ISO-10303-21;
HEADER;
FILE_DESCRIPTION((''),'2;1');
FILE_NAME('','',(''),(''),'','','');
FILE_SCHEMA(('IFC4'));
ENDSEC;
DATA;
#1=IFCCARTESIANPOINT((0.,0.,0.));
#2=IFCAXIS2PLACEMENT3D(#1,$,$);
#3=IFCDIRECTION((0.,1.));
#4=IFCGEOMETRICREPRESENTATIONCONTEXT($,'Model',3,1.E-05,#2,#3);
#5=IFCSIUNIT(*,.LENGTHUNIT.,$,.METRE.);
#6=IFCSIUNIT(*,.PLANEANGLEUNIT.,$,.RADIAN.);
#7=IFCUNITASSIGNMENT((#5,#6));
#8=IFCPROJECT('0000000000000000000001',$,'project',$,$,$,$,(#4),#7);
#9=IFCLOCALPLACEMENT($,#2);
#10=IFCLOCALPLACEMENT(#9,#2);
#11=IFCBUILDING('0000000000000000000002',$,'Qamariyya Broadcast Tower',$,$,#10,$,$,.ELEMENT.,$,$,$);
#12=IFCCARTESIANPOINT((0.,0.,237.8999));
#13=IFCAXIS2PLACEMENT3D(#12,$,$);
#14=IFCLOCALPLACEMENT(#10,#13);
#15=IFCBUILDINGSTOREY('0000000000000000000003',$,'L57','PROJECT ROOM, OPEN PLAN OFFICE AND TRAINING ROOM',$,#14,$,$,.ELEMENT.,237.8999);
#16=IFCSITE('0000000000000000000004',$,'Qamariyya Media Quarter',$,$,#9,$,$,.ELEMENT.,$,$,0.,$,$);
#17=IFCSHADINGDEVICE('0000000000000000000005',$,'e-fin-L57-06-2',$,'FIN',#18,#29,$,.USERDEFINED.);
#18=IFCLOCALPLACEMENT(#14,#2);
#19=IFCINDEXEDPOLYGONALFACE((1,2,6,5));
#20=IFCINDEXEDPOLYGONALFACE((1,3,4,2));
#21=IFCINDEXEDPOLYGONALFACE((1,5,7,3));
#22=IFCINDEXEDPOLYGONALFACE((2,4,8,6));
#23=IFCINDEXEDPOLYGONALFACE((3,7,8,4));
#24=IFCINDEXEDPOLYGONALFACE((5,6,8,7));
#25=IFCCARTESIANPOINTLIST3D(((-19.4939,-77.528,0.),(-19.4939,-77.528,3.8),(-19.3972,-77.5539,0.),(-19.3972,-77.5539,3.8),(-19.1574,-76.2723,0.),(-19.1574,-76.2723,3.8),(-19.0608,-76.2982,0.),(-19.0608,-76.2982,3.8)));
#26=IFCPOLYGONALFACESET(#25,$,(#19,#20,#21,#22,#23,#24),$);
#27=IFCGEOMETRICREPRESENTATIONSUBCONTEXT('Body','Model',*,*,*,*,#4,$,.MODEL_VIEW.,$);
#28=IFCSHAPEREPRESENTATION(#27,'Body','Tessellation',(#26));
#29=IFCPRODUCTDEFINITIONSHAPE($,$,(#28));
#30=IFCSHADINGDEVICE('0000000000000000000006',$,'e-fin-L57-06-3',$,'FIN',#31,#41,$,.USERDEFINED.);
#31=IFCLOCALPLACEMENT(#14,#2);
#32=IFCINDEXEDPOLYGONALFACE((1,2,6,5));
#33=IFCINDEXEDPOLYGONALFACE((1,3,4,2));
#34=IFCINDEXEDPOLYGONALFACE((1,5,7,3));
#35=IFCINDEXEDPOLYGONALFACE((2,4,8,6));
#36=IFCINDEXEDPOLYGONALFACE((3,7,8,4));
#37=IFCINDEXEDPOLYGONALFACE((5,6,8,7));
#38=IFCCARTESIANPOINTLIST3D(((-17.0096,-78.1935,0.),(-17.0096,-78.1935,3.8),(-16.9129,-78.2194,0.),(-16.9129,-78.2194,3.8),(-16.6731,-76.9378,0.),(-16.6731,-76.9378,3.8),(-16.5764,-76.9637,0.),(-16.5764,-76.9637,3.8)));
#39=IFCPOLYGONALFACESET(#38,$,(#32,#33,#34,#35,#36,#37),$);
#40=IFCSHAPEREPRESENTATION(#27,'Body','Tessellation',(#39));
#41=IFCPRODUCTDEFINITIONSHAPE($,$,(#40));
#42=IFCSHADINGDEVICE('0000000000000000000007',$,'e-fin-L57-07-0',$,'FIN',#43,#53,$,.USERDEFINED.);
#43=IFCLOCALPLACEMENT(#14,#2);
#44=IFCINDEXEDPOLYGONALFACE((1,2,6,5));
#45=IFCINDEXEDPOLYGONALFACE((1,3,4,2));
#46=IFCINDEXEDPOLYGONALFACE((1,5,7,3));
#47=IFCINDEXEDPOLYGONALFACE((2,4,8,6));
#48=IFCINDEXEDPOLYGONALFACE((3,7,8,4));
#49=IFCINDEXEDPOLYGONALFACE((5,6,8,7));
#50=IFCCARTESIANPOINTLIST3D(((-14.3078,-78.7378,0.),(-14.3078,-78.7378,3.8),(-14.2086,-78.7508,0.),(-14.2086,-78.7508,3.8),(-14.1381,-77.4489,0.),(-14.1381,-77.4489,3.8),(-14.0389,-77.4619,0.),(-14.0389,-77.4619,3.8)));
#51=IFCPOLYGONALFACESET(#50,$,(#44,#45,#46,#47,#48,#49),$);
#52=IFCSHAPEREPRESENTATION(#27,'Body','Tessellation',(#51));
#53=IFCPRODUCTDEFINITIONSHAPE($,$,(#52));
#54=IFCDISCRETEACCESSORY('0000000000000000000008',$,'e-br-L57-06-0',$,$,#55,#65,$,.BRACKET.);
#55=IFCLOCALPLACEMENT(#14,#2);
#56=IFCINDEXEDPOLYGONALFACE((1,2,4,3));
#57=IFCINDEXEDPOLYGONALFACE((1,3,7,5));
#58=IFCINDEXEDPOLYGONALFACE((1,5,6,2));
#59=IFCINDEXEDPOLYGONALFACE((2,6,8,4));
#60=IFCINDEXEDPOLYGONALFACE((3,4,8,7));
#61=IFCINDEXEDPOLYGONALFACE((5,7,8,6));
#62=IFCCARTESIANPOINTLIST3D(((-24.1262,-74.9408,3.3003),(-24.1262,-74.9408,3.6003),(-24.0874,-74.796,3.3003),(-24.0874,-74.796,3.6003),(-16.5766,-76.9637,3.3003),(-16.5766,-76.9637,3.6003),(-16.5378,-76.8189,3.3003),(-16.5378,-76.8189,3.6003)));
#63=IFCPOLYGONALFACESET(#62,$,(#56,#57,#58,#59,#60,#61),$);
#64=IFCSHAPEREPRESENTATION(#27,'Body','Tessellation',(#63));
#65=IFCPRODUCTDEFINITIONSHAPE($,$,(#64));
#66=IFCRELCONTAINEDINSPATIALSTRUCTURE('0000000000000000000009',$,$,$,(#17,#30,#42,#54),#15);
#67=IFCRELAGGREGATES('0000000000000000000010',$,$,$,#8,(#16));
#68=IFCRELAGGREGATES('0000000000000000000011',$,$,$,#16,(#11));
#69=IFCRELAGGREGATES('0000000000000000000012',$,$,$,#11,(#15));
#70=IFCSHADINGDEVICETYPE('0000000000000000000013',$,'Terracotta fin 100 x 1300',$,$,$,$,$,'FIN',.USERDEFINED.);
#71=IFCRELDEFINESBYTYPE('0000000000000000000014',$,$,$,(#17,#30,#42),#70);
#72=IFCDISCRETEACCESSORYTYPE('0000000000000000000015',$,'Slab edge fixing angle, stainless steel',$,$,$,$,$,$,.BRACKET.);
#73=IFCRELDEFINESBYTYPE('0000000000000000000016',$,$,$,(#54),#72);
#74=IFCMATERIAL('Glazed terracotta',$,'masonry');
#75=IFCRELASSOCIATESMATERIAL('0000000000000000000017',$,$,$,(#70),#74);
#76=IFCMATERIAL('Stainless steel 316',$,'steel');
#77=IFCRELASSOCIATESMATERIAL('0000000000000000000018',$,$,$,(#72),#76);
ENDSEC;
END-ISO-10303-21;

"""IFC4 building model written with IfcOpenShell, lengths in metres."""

from ifc_helpers import new_model, si_unit, direction, frame, origin, origin_2d, place, context, subcontext, project, spatial, rectangle, extrude, material, material_profile, profile_set, type_object, element, save


model = new_model("IFC4")

# Units and contexts
model_context = context("Model", 3, precision=1e-05, world=origin(), true_north=direction((0.0, 1.0)))
body_context = subcontext(model_context, "Body", "Model", "MODEL_VIEW")
ifc_project = project(units=[si_unit("LENGTHUNIT", "METRE"), si_unit("PLANEANGLEUNIT", "RADIAN")], contexts=[model_context])

# Site, building, storey
site_placement = place(None, origin())
site = spatial("IfcSite", under=ifc_project, at=site_placement, Name="Qamariyya Media Quarter", CompositionType="ELEMENT", RefElevation=0.0)
building_placement = place(site_placement, origin())
building = spatial("IfcBuilding", under=site, at=building_placement, Name="Qamariyya Broadcast Tower", CompositionType="ELEMENT")
storey_placement = place(building_placement, frame((0.0, 0.0, 237.8999)))
storey = spatial("IfcBuildingStorey", under=building, at=storey_placement, Name="L57", Description="PROJECT ROOM, OPEN PLAN OFFICE AND TRAINING ROOM", CompositionType="ELEMENT", Elevation=237.8999)

# Shading devices
ifc_material_1 = material(Name="Glazed terracotta", Category="masonry")
ifc_material_profile_1 = material_profile(ifc_material_1, rectangle(XDim=1.3, YDim=0.1001, at=origin_2d()))
ifc_profile_set_1 = profile_set([ifc_material_profile_1], Name="Glazed terracotta")
shading_device_type_1 = type_object("IfcShadingDeviceType", Name="Terracotta fin 100 x 1300", ElementType="FIN", PredefinedType="USERDEFINED", material=ifc_profile_set_1)
for number, where, z_axis, x_axis, name in (
    (1, (-19.2773, -76.9131, 0.0), (0.0, 0.0, 1.0), (-0.258819, -0.965926, 0.0), "e-fin-L57-06-2"),
    (2, (-16.793, -77.5786, 0.0), (0.0, 0.0, 1.0), (-0.258819, -0.965926, 0.0), "e-fin-L57-06-3"),
    (3, (-14.1733, -78.0999, 0.0), (0.0, 0.0, 1.0), (-0.130526, -0.991445, 0.0), "e-fin-L57-07-0"),
):
    element("IfcShadingDevice", number, at=place(storey_placement, frame(where, z_axis=z_axis, x_axis=x_axis)), inside=storey, type_object=shading_device_type_1, Name=name, ObjectType="FIN", PredefinedType="USERDEFINED", context=body_context, shape_type="SweptSolid", body=[
        extrude(rectangle(XDim=1.3, YDim=0.1001, at=origin_2d()), origin(), (0.0, 0.0, 1.0), 3.8),
    ])

# Discrete accessory
ifc_material_2 = material(Name="Stainless steel 316", Category="steel")
discrete_accessory_type = type_object("IfcDiscreteAccessoryType", Name="Slab edge fixing angle, stainless steel", PredefinedType="BRACKET", material=ifc_material_2)
discrete_accessory_placement = place(storey_placement, frame((-20.332, -75.8799, 3.3003), z_axis=(0.0, 0.0, 1.0), x_axis=(0.965926, -0.258819, 0.0)))
element("IfcDiscreteAccessory", 4, at=discrete_accessory_placement, inside=storey, type_object=discrete_accessory_type, Name="e-br-L57-06-0", PredefinedType="BRACKET", context=body_context, shape_type="SweptSolid", body=[
    extrude(rectangle(XDim=7.8159, YDim=0.1499, at=origin_2d()), origin(), (0.0, 0.0, 1.0), 0.3),
])

save(model, "model.ifc")
